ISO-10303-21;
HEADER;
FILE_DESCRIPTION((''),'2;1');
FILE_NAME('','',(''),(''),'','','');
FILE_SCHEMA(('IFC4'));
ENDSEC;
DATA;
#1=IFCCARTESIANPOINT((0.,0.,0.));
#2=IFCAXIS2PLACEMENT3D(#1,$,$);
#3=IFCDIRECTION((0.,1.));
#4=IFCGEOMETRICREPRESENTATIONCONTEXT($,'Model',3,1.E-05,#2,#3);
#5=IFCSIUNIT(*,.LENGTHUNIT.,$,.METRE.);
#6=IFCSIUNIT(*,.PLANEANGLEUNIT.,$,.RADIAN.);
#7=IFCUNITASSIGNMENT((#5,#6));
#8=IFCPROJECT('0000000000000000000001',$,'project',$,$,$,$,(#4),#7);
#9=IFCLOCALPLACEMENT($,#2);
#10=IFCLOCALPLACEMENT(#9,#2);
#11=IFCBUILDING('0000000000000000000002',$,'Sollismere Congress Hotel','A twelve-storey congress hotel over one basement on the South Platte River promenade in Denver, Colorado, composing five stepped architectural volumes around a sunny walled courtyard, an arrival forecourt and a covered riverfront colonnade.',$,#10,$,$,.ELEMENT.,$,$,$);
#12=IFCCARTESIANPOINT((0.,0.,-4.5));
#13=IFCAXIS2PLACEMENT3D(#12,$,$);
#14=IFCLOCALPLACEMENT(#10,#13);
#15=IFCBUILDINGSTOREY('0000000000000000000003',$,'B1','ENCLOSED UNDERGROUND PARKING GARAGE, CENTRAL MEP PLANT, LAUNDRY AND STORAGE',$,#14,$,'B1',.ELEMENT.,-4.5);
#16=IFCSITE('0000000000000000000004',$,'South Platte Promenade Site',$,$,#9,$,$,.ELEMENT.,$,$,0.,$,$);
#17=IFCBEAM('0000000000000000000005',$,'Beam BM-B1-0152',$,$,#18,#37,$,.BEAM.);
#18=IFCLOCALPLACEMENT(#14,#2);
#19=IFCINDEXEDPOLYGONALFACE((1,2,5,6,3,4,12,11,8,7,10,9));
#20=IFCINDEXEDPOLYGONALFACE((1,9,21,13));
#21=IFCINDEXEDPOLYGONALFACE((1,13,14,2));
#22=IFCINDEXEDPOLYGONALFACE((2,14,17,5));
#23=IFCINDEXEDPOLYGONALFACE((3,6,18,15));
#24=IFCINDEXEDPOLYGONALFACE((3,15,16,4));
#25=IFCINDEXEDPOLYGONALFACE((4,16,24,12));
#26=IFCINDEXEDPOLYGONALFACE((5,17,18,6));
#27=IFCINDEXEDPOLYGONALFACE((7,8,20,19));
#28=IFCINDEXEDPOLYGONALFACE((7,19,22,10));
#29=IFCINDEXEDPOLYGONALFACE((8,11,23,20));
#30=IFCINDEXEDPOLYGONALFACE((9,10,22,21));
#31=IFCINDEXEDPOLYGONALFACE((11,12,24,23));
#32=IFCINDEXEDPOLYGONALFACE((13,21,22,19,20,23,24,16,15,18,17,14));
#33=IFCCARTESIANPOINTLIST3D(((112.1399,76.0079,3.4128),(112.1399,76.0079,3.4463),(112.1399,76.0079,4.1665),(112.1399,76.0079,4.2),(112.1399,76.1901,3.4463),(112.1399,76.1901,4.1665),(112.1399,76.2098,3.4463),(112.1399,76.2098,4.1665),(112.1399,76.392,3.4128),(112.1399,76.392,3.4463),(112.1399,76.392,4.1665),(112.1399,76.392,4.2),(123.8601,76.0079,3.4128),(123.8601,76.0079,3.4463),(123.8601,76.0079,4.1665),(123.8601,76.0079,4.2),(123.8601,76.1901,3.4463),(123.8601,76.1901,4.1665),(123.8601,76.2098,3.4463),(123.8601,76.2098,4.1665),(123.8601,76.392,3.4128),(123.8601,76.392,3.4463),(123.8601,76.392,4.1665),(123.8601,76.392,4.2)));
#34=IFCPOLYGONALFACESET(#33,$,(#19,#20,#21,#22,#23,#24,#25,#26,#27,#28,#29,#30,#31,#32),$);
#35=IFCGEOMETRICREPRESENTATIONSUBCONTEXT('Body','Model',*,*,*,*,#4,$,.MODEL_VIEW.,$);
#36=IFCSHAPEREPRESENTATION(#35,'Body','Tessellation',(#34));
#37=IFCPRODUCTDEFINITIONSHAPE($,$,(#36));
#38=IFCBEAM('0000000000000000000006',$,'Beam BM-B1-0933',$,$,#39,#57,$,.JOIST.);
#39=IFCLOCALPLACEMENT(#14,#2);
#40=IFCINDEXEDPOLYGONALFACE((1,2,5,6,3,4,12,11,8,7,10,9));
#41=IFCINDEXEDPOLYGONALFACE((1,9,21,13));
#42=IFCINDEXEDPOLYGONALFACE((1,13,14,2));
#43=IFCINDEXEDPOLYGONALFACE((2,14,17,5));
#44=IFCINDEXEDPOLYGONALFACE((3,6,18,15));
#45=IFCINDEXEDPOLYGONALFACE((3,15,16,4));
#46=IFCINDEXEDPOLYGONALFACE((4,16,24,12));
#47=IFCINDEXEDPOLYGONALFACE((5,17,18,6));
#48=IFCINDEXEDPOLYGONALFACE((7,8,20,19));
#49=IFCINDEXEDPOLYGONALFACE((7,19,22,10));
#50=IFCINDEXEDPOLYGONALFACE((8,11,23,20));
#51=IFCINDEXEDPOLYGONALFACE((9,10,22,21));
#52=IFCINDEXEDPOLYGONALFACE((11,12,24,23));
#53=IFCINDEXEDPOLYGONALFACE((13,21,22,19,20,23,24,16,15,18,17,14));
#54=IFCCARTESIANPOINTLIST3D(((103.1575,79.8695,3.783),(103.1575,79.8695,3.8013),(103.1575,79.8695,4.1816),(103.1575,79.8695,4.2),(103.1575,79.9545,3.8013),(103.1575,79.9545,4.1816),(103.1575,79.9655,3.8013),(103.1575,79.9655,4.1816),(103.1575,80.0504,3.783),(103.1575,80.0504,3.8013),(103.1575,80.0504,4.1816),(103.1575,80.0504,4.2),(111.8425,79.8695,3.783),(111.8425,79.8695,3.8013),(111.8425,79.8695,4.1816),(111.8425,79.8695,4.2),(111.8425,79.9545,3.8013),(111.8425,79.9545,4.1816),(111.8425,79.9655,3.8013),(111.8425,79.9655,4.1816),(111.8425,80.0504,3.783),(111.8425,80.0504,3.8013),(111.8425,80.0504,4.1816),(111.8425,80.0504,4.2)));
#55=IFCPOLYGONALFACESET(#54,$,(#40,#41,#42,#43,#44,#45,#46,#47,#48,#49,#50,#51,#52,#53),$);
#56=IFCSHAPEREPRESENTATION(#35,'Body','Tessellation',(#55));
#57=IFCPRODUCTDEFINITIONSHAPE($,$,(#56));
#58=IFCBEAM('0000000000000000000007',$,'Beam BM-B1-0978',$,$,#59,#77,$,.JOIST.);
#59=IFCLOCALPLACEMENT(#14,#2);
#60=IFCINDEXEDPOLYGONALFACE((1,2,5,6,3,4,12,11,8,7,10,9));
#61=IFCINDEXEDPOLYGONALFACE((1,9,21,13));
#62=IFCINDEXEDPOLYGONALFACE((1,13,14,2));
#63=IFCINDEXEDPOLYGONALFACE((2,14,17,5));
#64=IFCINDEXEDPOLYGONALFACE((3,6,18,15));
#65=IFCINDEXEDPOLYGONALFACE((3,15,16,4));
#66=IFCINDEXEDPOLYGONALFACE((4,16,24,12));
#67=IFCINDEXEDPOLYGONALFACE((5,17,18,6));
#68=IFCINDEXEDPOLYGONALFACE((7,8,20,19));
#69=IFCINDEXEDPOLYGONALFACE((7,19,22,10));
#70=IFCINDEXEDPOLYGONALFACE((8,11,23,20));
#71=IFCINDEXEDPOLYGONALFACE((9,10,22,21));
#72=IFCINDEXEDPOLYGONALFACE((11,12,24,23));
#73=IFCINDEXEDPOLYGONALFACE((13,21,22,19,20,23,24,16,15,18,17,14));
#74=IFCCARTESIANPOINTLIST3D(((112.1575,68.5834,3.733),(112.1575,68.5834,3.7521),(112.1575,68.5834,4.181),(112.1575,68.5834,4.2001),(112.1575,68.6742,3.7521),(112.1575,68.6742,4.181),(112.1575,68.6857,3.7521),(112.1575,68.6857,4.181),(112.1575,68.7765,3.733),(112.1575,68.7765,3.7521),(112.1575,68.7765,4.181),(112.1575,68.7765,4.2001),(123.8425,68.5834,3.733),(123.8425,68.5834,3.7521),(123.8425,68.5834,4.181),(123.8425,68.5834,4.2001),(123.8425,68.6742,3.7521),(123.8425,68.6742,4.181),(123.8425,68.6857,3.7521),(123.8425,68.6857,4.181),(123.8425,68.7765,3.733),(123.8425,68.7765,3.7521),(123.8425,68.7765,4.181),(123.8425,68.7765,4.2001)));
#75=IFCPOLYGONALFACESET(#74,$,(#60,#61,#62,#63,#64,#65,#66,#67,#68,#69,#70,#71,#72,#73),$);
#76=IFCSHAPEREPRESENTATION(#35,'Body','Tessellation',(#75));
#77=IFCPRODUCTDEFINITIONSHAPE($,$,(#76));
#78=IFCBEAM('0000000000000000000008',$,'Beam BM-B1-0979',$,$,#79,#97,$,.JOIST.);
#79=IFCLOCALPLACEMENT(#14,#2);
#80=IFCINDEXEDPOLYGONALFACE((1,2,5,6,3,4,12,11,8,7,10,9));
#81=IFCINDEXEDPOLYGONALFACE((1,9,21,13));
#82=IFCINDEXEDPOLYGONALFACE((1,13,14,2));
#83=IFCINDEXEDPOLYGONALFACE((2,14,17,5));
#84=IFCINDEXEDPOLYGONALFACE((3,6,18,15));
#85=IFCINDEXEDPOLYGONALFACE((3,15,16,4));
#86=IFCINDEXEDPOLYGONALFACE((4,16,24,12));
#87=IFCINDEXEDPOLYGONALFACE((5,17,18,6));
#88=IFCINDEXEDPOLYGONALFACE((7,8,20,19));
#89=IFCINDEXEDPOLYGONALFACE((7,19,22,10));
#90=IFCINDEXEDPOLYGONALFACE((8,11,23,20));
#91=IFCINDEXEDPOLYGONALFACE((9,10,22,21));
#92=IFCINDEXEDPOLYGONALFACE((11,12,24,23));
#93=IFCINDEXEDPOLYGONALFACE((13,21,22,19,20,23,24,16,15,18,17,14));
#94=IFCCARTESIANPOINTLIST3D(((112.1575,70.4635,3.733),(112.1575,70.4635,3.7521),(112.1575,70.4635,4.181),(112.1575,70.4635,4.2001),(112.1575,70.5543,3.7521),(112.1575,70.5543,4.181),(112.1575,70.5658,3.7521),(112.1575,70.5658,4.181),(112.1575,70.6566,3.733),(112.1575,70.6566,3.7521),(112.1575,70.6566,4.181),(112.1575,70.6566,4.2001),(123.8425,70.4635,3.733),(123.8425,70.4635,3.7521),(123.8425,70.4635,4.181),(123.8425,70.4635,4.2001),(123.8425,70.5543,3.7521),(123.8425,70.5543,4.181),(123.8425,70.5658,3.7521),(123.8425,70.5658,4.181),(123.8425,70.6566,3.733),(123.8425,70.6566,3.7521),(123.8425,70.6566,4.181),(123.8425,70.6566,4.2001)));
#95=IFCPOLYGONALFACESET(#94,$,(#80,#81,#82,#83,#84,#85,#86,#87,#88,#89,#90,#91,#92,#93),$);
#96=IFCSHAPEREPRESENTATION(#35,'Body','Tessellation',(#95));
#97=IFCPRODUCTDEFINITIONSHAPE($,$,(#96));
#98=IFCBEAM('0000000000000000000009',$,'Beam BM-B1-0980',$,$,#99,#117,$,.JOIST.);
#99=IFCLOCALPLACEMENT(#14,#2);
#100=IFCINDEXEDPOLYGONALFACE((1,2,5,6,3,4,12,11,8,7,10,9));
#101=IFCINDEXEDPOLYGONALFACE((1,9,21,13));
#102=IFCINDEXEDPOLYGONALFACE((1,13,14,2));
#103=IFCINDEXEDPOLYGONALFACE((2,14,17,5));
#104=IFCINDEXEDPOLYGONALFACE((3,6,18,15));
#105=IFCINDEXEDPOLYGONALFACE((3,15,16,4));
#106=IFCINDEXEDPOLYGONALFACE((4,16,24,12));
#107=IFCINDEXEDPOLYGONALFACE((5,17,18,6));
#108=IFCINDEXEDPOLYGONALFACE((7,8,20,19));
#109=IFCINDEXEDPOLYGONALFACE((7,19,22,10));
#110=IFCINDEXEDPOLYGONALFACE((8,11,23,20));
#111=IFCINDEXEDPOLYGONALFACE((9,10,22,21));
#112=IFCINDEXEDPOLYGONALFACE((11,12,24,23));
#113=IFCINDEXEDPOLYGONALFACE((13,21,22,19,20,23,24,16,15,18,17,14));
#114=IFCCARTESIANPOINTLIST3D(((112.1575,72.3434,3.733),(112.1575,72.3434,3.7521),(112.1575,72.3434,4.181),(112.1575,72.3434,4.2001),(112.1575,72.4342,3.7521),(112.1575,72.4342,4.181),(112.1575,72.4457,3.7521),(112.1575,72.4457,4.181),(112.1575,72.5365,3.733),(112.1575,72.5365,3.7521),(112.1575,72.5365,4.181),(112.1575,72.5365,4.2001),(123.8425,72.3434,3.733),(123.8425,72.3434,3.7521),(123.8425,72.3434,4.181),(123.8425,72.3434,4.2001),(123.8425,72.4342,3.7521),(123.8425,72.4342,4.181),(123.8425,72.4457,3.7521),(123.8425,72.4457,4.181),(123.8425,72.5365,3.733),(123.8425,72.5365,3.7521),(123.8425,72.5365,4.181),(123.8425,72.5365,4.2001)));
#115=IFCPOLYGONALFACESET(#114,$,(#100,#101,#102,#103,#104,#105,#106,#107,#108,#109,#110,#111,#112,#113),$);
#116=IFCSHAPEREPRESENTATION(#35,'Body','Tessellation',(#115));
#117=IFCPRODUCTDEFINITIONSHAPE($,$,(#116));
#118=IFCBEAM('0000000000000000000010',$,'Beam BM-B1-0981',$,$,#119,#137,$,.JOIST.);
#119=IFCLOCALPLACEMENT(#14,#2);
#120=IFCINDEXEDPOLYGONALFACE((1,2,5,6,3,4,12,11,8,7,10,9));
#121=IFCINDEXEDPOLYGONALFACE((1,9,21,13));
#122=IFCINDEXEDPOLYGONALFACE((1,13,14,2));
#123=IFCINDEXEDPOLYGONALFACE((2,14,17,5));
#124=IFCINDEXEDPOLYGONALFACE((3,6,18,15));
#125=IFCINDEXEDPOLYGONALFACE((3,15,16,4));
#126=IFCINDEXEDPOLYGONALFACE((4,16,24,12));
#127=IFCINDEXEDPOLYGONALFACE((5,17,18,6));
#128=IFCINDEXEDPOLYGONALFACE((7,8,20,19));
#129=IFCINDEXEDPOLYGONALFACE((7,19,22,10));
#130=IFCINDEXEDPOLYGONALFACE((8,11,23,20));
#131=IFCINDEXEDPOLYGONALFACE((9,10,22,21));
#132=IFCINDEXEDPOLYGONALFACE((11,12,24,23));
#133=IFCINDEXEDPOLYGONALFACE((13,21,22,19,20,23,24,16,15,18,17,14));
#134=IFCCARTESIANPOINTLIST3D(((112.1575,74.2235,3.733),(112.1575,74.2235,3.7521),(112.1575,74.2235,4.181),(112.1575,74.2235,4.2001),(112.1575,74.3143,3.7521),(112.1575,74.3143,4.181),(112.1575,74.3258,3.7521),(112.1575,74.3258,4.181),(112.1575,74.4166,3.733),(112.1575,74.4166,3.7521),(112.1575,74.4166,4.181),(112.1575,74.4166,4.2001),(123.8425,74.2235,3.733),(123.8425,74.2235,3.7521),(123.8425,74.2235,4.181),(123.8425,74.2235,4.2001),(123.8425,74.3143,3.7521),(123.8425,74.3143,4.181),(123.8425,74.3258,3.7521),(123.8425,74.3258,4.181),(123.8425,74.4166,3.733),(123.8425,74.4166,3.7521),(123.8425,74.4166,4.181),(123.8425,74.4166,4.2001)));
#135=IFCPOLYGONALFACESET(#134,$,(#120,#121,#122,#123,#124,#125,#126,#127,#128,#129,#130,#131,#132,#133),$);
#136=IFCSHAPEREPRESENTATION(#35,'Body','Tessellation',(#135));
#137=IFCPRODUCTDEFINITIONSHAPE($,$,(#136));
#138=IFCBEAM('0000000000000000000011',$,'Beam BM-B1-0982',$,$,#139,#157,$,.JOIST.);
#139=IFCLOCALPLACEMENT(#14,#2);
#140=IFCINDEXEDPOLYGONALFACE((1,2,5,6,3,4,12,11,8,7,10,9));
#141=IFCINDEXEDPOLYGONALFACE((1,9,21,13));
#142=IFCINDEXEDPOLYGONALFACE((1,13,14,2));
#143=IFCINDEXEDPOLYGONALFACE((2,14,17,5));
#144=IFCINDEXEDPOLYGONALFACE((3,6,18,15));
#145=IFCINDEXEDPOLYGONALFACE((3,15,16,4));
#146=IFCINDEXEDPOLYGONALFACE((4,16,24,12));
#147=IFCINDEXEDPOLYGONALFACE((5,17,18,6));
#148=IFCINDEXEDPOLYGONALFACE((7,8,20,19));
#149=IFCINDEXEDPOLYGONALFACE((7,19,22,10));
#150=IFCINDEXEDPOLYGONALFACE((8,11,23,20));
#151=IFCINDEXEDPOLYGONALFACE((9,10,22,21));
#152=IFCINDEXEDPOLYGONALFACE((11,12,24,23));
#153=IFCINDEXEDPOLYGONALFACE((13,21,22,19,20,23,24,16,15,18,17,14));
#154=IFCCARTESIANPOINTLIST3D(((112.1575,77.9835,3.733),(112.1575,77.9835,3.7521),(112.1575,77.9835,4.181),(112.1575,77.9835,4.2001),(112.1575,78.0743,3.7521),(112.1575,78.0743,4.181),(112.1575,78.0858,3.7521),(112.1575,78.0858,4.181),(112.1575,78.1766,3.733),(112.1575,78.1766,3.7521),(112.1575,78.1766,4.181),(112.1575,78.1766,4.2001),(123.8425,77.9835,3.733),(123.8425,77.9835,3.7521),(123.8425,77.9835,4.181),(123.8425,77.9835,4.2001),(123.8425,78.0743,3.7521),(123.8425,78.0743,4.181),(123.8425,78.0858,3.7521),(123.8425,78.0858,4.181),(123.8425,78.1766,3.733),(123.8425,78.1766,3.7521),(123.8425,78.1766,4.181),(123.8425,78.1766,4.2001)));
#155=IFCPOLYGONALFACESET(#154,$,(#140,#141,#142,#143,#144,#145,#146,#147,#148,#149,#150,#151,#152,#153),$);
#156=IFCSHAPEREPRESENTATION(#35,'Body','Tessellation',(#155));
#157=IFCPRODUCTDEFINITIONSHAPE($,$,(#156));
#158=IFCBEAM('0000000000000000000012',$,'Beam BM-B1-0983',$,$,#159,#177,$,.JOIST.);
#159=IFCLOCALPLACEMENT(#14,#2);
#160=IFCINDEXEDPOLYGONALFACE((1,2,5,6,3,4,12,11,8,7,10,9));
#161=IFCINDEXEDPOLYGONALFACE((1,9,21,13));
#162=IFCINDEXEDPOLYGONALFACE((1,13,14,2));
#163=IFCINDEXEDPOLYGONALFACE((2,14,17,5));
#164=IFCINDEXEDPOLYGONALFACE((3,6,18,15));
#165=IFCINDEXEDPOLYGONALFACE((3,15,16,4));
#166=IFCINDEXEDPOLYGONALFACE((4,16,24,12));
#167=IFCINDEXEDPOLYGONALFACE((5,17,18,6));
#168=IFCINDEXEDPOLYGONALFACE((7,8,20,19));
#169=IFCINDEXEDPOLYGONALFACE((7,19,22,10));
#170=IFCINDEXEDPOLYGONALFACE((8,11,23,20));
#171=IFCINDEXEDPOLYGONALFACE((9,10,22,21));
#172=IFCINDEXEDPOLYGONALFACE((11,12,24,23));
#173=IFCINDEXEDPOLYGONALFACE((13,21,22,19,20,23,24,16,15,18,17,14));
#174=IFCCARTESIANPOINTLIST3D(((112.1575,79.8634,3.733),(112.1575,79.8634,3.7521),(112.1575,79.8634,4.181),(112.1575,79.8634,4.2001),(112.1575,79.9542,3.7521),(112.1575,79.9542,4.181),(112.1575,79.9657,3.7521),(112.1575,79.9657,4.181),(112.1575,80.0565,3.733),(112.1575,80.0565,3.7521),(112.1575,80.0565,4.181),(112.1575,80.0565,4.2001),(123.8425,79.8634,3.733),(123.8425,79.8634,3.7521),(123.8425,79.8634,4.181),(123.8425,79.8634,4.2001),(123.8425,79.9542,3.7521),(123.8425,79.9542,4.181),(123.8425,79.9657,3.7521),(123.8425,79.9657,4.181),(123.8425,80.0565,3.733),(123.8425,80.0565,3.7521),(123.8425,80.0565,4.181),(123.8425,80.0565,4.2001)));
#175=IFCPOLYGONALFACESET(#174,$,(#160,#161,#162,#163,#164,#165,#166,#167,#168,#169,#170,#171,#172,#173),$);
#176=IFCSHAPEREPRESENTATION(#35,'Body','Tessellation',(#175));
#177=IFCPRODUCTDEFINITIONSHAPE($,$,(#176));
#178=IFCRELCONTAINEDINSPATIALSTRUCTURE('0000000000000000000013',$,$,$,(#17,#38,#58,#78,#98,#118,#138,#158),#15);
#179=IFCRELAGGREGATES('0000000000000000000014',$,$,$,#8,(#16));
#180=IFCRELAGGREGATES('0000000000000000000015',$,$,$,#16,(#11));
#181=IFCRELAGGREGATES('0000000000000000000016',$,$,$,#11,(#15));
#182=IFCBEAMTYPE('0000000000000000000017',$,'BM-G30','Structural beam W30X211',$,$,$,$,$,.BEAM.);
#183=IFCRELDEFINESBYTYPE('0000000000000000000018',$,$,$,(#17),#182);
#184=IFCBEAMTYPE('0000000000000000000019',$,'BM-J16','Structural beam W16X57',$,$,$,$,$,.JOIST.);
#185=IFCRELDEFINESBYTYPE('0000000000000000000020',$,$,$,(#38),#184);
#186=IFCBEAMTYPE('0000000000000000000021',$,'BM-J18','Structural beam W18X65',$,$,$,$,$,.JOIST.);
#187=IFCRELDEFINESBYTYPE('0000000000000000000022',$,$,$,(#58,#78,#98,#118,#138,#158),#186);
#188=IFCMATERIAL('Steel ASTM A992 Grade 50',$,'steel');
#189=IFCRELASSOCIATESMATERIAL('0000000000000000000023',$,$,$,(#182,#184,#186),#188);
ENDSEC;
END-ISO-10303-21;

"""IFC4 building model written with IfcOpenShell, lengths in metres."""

from ifc_helpers import new_model, si_unit, direction, frame, origin, origin_2d, place, context, subcontext, project, spatial, i_section, extrude, material, material_profile, profile_set, type_object, element, save


model = new_model("IFC4")

# Units and contexts
model_context = context("Model", 3, precision=1e-05, world=origin(), true_north=direction((0.0, 1.0)))
body_context = subcontext(model_context, "Body", "Model", "MODEL_VIEW")
ifc_project = project(units=[si_unit("LENGTHUNIT", "METRE"), si_unit("PLANEANGLEUNIT", "RADIAN")], contexts=[model_context])

# Site, building, storey
site_placement = place(None, origin())
site = spatial("IfcSite", under=ifc_project, at=site_placement, Name="South Platte Promenade Site", CompositionType="ELEMENT", RefElevation=0.0)
building_placement = place(site_placement, origin())
building = spatial("IfcBuilding", under=site, at=building_placement, Name="Sollismere Congress Hotel", Description="A twelve-storey congress hotel over one basement on the South Platte River promenade in Denver, Colorado, composing five stepped architectural volumes around a sunny walled courtyard, an arrival forecourt and a covered riverfront colonnade.", CompositionType="ELEMENT")
storey_placement = place(building_placement, frame((0.0, 0.0, -4.5)))
storey = spatial("IfcBuildingStorey", under=building, at=storey_placement, Name="B1", Description="ENCLOSED UNDERGROUND PARKING GARAGE, CENTRAL MEP PLANT, LAUNDRY AND STORAGE", LongName="B1", CompositionType="ELEMENT", Elevation=-4.5)

# Beams
ifc_material_1 = material(Name="Steel ASTM A992 Grade 50", Category="steel")
ifc_material_profile_1 = material_profile(ifc_material_1, i_section(OverallWidth=0.384, OverallDepth=0.7871, WebThickness=0.0198, FlangeThickness=0.0334, at=origin_2d()), Name="W30X211")
ifc_profile_set_1 = profile_set([ifc_material_profile_1], Name="Steel ASTM A992 Grade 50")
beam_type_1 = type_object("IfcBeamType", Name="BM-G30", Description="Structural beam W30X211", PredefinedType="BEAM", material=ifc_profile_set_1)
for number, where, z_axis, x_axis, name in (
    (1, (112.1399, 76.2, 3.8064), (1.0, 0.0, 0.0), (0.0, 1.0, 0.0), "Beam BM-B1-0152"),
):
    element("IfcBeam", number, at=place(storey_placement, frame(where, z_axis=z_axis, x_axis=x_axis)), inside=storey, type_object=beam_type_1, Name=name, PredefinedType="BEAM", context=body_context, shape_type="SweptSolid", body=[
        extrude(i_section(OverallWidth=0.384, OverallDepth=0.7871, WebThickness=0.0198, FlangeThickness=0.0334, at=origin_2d()), origin(), (0.0, 0.0, 1.0), 11.7202),
    ])
ifc_material_profile_2 = material_profile(ifc_material_1, i_section(OverallWidth=0.1809, OverallDepth=0.417, WebThickness=0.011, FlangeThickness=0.0183, at=origin_2d()), Name="W16X57")
ifc_profile_set_2 = profile_set([ifc_material_profile_2], Name="Steel ASTM A992 Grade 50")
beam_type_2 = type_object("IfcBeamType", Name="BM-J16", Description="Structural beam W16X57", PredefinedType="JOIST", material=ifc_profile_set_2)
beam_1_placement = place(storey_placement, frame((103.1575, 79.96, 3.9915), z_axis=(1.0, 0.0, 0.0), x_axis=(0.0, 1.0, 0.0)))
element("IfcBeam", 2, at=beam_1_placement, inside=storey, type_object=beam_type_2, Name="Beam BM-B1-0933", PredefinedType="JOIST", context=body_context, shape_type="SweptSolid", body=[
    extrude(i_section(OverallWidth=0.1809, OverallDepth=0.417, WebThickness=0.011, FlangeThickness=0.0183, at=origin_2d()), origin(), (0.0, 0.0, 1.0), 8.6851),
])
ifc_material_profile_3 = material_profile(ifc_material_1, i_section(OverallWidth=0.1931, OverallDepth=0.467, WebThickness=0.0115, FlangeThickness=0.019, at=origin_2d()), Name="W18X65")
ifc_profile_set_3 = profile_set([ifc_material_profile_3], Name="Steel ASTM A992 Grade 50")
beam_type_3 = type_object("IfcBeamType", Name="BM-J18", Description="Structural beam W18X65", PredefinedType="JOIST", material=ifc_profile_set_3)
for number, where, z_axis, x_axis, name in (
    (3, (112.1575, 68.6799, 3.9666), (1.0, 0.0, 0.0), (0.0, 1.0, 0.0), "Beam BM-B1-0978"),
    (4, (112.1575, 70.5601, 3.9666), (1.0, 0.0, 0.0), (0.0, 1.0, 0.0), "Beam BM-B1-0979"),
    (5, (112.1575, 72.4399, 3.9666), (1.0, 0.0, 0.0), (0.0, 1.0, 0.0), "Beam BM-B1-0980"),
    (6, (112.1575, 74.3201, 3.9666), (1.0, 0.0, 0.0), (0.0, 1.0, 0.0), "Beam BM-B1-0981"),
    (7, (112.1575, 78.0801, 3.9666), (1.0, 0.0, 0.0), (0.0, 1.0, 0.0), "Beam BM-B1-0982"),
    (8, (112.1575, 79.96, 3.9666), (1.0, 0.0, 0.0), (0.0, 1.0, 0.0), "Beam BM-B1-0983"),
):
    element("IfcBeam", number, at=place(storey_placement, frame(where, z_axis=z_axis, x_axis=x_axis)), inside=storey, type_object=beam_type_3, Name=name, PredefinedType="JOIST", context=body_context, shape_type="SweptSolid", body=[
        extrude(i_section(OverallWidth=0.1931, OverallDepth=0.467, WebThickness=0.0115, FlangeThickness=0.019, at=origin_2d()), origin(), (0.0, 0.0, 1.0), 11.6851),
    ])

save(model, "model.ifc")
